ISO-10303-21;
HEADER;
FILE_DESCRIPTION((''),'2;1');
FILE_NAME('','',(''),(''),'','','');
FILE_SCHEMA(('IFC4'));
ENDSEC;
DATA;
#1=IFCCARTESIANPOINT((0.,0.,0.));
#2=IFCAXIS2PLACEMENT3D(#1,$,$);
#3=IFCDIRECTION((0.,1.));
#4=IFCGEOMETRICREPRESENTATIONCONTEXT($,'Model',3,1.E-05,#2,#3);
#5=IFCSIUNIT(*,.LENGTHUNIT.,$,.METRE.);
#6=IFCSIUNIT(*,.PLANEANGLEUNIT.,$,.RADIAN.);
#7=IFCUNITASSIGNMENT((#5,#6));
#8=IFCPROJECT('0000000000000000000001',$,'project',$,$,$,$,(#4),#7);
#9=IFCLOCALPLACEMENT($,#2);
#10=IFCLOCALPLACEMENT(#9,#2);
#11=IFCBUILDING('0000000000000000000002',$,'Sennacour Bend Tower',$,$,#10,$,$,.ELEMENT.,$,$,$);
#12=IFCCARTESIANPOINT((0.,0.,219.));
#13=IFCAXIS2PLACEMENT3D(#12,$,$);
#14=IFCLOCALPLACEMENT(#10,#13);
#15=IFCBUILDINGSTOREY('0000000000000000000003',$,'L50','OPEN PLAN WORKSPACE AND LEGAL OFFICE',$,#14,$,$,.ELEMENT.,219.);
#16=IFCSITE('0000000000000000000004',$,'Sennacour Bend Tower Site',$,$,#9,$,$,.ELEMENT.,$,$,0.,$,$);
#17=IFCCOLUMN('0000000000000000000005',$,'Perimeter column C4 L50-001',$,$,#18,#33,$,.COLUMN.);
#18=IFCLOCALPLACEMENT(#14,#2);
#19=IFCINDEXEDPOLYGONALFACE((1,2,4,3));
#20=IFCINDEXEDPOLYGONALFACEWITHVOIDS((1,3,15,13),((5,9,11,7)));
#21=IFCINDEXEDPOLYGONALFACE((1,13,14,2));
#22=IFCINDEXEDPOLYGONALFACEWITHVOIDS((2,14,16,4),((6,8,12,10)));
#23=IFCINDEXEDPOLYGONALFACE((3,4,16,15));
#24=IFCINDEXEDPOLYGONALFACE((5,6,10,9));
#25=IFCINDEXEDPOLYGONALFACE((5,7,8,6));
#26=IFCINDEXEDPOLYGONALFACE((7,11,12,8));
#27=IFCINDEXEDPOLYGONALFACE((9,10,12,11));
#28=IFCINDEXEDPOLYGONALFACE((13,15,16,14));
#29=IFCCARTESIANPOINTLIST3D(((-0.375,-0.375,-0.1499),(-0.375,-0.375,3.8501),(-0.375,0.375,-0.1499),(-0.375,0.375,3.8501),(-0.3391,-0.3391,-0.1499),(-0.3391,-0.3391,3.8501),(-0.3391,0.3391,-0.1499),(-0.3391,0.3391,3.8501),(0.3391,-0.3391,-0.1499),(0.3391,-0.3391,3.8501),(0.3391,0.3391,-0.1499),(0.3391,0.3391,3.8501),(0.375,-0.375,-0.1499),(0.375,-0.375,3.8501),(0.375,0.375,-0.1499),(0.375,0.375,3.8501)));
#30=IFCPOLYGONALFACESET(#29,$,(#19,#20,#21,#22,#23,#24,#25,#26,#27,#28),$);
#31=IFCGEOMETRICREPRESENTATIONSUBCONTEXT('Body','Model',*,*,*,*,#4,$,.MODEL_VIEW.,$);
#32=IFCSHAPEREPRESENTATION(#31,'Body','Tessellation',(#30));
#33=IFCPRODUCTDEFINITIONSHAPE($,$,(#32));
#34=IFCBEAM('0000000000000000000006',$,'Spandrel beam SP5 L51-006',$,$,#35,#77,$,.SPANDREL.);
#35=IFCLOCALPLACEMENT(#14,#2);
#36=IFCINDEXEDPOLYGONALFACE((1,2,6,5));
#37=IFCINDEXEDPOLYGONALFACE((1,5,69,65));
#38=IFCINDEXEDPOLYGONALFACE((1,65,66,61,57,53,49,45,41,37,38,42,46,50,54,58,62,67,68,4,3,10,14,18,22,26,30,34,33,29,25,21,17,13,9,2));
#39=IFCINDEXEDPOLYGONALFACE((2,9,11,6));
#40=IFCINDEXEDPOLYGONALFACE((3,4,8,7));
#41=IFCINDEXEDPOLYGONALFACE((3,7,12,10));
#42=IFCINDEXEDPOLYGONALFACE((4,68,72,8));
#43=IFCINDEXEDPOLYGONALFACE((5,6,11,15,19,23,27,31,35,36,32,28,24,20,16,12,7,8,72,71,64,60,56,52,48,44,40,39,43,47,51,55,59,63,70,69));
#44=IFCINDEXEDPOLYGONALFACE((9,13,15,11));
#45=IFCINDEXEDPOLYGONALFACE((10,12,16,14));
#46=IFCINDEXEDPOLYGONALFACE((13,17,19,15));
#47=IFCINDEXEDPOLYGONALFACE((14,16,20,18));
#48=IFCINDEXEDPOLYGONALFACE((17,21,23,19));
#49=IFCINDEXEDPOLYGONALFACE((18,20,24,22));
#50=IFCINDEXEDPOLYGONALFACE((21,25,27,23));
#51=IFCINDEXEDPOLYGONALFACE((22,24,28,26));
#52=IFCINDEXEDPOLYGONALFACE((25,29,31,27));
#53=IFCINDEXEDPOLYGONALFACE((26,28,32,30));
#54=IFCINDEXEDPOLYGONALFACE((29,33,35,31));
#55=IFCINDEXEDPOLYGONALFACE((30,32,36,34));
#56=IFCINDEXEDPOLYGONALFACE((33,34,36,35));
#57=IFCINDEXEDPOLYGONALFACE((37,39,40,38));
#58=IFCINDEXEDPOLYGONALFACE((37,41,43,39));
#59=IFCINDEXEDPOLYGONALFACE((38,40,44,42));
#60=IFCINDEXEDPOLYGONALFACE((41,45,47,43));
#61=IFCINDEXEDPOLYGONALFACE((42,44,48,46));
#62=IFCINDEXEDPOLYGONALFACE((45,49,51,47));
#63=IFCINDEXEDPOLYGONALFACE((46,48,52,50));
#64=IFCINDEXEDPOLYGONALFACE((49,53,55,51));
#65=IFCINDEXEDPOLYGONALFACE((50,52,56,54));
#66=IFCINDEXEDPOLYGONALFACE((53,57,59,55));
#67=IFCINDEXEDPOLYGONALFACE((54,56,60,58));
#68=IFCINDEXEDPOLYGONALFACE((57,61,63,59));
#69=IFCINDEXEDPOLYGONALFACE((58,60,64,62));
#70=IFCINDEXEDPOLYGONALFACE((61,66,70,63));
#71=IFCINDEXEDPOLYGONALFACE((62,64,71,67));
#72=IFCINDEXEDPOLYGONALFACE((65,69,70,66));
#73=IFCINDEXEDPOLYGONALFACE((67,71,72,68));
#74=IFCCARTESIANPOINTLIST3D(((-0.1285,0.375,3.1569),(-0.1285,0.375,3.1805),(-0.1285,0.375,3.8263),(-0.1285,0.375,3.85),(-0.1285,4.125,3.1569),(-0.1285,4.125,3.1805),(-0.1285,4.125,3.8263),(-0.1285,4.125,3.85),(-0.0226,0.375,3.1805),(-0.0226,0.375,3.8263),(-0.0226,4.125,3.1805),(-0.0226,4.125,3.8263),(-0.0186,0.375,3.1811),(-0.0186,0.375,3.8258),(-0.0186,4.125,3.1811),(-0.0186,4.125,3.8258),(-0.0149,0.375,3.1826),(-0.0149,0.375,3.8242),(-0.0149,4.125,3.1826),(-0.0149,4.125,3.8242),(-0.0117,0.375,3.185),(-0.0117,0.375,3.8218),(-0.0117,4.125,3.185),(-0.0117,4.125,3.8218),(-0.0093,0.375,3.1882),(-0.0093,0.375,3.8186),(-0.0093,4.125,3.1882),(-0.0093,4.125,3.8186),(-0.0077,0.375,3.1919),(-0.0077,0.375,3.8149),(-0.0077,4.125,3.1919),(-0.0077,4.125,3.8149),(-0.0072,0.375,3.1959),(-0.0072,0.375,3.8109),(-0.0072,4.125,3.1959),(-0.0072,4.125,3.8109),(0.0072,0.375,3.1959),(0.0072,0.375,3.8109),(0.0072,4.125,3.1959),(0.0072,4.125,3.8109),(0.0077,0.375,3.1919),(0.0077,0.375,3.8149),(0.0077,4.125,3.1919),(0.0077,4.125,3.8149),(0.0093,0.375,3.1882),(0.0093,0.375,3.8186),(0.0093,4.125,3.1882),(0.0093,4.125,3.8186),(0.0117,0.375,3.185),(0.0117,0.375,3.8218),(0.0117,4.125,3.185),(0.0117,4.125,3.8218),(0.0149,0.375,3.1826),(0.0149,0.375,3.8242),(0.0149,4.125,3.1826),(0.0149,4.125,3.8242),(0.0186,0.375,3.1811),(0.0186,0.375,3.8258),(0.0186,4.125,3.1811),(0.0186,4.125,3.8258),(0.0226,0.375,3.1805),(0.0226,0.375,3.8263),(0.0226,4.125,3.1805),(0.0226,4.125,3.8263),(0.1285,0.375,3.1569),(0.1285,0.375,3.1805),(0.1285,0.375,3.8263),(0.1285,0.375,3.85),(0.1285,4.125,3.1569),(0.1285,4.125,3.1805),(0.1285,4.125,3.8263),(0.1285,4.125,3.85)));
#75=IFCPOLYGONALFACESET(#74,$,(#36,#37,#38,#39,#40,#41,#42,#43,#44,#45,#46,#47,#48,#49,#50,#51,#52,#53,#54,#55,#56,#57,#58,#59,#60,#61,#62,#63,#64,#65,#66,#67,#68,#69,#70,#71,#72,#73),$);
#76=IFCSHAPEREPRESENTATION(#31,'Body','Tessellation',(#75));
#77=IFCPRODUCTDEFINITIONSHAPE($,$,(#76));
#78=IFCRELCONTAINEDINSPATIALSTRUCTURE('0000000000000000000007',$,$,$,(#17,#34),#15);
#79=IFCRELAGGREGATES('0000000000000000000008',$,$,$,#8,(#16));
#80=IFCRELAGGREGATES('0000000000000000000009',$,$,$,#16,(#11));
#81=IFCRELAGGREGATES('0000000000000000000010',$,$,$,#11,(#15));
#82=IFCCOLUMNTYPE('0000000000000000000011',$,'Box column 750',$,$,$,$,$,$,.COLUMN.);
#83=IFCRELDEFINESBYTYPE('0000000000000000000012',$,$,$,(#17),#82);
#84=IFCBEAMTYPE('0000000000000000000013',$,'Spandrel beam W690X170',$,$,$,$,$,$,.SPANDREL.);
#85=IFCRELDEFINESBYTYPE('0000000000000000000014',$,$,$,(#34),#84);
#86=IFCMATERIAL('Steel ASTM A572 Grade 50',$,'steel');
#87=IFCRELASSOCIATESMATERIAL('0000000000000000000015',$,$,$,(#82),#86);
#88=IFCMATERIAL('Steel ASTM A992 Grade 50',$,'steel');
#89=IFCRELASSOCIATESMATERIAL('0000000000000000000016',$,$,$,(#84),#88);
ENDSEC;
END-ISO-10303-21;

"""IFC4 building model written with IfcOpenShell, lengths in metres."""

from ifc_helpers import new_model, si_unit, direction, frame, origin, origin_2d, place, context, subcontext, project, spatial, hollow_rectangle, i_section, extrude, material, material_profile, profile_set, type_object, element, save


model = new_model("IFC4")

# Units and contexts
model_context = context("Model", 3, precision=1e-05, world=origin(), true_north=direction((0.0, 1.0)))
body_context = subcontext(model_context, "Body", "Model", "MODEL_VIEW")
ifc_project = project(units=[si_unit("LENGTHUNIT", "METRE"), si_unit("PLANEANGLEUNIT", "RADIAN")], contexts=[model_context])

# Site, building, storey
site_placement = place(None, origin())
site = spatial("IfcSite", under=ifc_project, at=site_placement, Name="Sennacour Bend Tower Site", CompositionType="ELEMENT", RefElevation=0.0)
building_placement = place(site_placement, origin())
building = spatial("IfcBuilding", under=site, at=building_placement, Name="Sennacour Bend Tower", CompositionType="ELEMENT")
storey_placement = place(building_placement, frame((0.0, 0.0, 219.0)))
storey = spatial("IfcBuildingStorey", under=building, at=storey_placement, Name="L50", Description="OPEN PLAN WORKSPACE AND LEGAL OFFICE", CompositionType="ELEMENT", Elevation=219.0)

# Column
ifc_material_1 = material(Name="Steel ASTM A572 Grade 50", Category="steel")
ifc_material_profile_1 = material_profile(ifc_material_1, hollow_rectangle(XDim=0.75, YDim=0.75, WallThickness=0.0359, at=origin_2d()), Name="Steel ASTM A572 Grade 50", Category="steel")
ifc_profile_set_1 = profile_set([ifc_material_profile_1], Name="Steel ASTM A572 Grade 50")
column_type = type_object("IfcColumnType", Name="Box column 750", PredefinedType="COLUMN", material=ifc_profile_set_1)
column_placement = place(storey_placement, frame((0.0, 0.0, -0.1499), z_axis=(0.0, 0.0, 1.0), x_axis=(1.0, 0.0, 0.0)))
element("IfcColumn", 1, at=column_placement, inside=storey, type_object=column_type, Name="Perimeter column C4 L50-001", PredefinedType="COLUMN", context=body_context, shape_type="SweptSolid", body=[
    extrude(hollow_rectangle(XDim=0.75, YDim=0.75, WallThickness=0.0359, at=origin_2d()), origin(), (0.0, 0.0, 1.0), 4.0),
])

# Beam
ifc_material_2 = material(Name="Steel ASTM A992 Grade 50", Category="steel")
ifc_material_profile_2 = material_profile(ifc_material_2, i_section(OverallWidth=0.2571, OverallDepth=0.6931, WebThickness=0.0144, FlangeThickness=0.0237, FilletRadius=0.0154, at=origin_2d()), Name="Steel ASTM A992 Grade 50", Category="steel")
ifc_profile_set_2 = profile_set([ifc_material_profile_2], Name="Steel ASTM A992 Grade 50")
beam_type = type_object("IfcBeamType", Name="Spandrel beam W690X170", PredefinedType="SPANDREL", material=ifc_profile_set_2)
beam_placement = place(storey_placement, frame((0.0, 0.375, 3.5034), z_axis=(0.0, 1.0, 0.0), x_axis=(-1.0, 0.0, 0.0)))
element("IfcBeam", 2, at=beam_placement, inside=storey, type_object=beam_type, Name="Spandrel beam SP5 L51-006", PredefinedType="SPANDREL", context=body_context, shape_type="SweptSolid", body=[
    extrude(i_section(OverallWidth=0.2571, OverallDepth=0.6931, WebThickness=0.0144, FlangeThickness=0.0237, FilletRadius=0.0154, at=origin_2d()), origin(), (0.0, 0.0, 1.0), 3.75),
])

save(model, "model.ifc")
